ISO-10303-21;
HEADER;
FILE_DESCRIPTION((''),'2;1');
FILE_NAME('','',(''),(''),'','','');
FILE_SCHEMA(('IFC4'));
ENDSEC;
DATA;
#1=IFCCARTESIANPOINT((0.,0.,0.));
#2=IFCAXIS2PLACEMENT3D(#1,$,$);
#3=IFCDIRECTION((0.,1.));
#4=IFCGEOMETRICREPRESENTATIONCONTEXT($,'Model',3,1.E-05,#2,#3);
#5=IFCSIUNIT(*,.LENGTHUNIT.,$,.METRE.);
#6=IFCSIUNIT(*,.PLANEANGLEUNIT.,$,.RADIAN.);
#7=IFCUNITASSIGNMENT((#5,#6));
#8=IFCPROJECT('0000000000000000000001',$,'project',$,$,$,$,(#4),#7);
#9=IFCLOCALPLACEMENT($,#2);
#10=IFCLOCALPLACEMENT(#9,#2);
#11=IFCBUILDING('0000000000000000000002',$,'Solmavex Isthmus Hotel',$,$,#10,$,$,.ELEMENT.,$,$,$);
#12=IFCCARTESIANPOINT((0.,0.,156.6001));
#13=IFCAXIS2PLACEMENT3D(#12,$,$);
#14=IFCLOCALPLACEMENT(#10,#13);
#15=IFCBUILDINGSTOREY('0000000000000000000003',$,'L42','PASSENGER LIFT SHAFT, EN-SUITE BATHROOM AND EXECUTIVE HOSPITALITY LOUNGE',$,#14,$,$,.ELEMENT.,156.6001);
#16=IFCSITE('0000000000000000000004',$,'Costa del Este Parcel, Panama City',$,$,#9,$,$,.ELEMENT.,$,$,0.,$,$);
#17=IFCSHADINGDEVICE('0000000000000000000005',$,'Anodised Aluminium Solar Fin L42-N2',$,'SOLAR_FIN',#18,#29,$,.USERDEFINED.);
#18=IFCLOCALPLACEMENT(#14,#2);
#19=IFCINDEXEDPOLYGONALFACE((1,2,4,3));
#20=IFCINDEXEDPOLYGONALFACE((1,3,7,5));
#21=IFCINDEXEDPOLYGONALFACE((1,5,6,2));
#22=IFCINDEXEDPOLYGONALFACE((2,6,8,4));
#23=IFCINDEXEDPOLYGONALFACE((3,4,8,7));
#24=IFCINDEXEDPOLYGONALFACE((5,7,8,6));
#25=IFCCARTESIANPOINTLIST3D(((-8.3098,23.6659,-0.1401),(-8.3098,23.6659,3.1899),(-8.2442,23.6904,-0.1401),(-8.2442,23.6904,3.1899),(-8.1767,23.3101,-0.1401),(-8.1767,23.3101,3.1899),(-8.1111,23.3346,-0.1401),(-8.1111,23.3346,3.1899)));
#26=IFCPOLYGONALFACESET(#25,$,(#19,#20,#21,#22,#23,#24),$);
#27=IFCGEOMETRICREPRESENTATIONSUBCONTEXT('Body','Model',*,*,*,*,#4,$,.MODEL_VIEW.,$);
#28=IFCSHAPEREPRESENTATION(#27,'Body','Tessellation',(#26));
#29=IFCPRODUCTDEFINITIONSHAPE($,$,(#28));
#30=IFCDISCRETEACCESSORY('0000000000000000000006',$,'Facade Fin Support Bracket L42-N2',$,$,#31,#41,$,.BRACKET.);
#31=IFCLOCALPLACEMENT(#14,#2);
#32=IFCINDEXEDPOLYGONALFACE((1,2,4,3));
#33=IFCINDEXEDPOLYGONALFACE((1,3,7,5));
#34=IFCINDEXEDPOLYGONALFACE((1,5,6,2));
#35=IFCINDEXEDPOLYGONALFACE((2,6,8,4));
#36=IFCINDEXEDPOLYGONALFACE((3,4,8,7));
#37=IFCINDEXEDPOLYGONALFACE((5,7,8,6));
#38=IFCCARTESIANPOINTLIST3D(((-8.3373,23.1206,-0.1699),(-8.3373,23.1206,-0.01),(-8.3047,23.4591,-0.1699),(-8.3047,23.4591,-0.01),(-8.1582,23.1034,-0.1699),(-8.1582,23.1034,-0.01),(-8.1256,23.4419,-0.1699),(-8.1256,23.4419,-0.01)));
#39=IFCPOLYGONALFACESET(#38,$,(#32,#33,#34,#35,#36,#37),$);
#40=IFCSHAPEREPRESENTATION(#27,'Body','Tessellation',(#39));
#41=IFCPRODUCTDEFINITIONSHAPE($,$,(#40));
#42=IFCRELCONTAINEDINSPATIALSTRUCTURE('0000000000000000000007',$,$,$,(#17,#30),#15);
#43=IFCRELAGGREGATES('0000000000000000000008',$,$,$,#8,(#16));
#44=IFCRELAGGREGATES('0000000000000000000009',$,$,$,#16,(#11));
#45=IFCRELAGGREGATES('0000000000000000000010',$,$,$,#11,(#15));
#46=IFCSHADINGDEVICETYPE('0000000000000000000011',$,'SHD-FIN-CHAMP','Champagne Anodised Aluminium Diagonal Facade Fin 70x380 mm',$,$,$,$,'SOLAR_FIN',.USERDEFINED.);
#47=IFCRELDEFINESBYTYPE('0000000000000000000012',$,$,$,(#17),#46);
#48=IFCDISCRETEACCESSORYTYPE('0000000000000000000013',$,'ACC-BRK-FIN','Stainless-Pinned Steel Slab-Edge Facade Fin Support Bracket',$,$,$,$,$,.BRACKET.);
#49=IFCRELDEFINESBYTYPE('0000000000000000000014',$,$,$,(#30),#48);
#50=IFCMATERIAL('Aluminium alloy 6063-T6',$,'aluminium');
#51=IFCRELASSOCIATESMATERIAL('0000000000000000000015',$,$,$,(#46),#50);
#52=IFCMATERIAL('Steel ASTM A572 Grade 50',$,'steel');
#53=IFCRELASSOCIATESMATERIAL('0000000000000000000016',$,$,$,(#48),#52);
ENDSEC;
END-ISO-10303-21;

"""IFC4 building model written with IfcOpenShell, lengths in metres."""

from ifc_helpers import new_model, si_unit, direction, frame, origin, origin_2d, place, context, subcontext, project, spatial, rectangle, extrude, material, type_object, element, save


model = new_model("IFC4")

# Units and contexts
model_context = context("Model", 3, precision=1e-05, world=origin(), true_north=direction((0.0, 1.0)))
body_context = subcontext(model_context, "Body", "Model", "MODEL_VIEW")
ifc_project = project(units=[si_unit("LENGTHUNIT", "METRE"), si_unit("PLANEANGLEUNIT", "RADIAN")], contexts=[model_context])

# Site, building, storey
site_placement = place(None, origin())
site = spatial("IfcSite", under=ifc_project, at=site_placement, Name="Costa del Este Parcel, Panama City", CompositionType="ELEMENT", RefElevation=0.0)
building_placement = place(site_placement, origin())
building = spatial("IfcBuilding", under=site, at=building_placement, Name="Solmavex Isthmus Hotel", CompositionType="ELEMENT")
storey_placement = place(building_placement, frame((0.0, 0.0, 156.6001)))
storey = spatial("IfcBuildingStorey", under=building, at=storey_placement, Name="L42", Description="PASSENGER LIFT SHAFT, EN-SUITE BATHROOM AND EXECUTIVE HOSPITALITY LOUNGE", CompositionType="ELEMENT", Elevation=156.6001)

# Shared definitions
ifc_material_1 = material(Name="Aluminium alloy 6063-T6", Category="aluminium")

# Shading device
shading_device_type = type_object("IfcShadingDeviceType", Name="SHD-FIN-CHAMP", Description="Champagne Anodised Aluminium Diagonal Facade Fin 70x380 mm", ElementType="SOLAR_FIN", PredefinedType="USERDEFINED", material=ifc_material_1)
shading_device_placement = place(storey_placement, frame((-8.2104, 23.5002, -0.1401), z_axis=(0.0, 0.0, 1.0), x_axis=(-0.350207, 0.936672, 0.0)))
element("IfcShadingDevice", 1, at=shading_device_placement, inside=storey, type_object=shading_device_type, Name="Anodised Aluminium Solar Fin L42-N2", ObjectType="SOLAR_FIN", PredefinedType="USERDEFINED", context=body_context, shape_type="SweptSolid", body=[
    extrude(rectangle(XDim=0.3799, YDim=0.0701, at=origin_2d()), origin(), (0.0, 0.0, 1.0), 3.3301),
])

# Discrete accessory
ifc_material_2 = material(Name="Steel ASTM A572 Grade 50", Category="steel")
discrete_accessory_type = type_object("IfcDiscreteAccessoryType", Name="ACC-BRK-FIN", Description="Stainless-Pinned Steel Slab-Edge Facade Fin Support Bracket", PredefinedType="BRACKET", material=ifc_material_2)
discrete_accessory_placement = place(storey_placement, frame((-8.2314, 23.2812, -0.1699), z_axis=(0.0, 0.0, 1.0), x_axis=(0.095846, 0.995396, 0.0)))
element("IfcDiscreteAccessory", 2, at=discrete_accessory_placement, inside=storey, type_object=discrete_accessory_type, Name="Facade Fin Support Bracket L42-N2", PredefinedType="BRACKET", context=body_context, shape_type="SweptSolid", body=[
    extrude(rectangle(XDim=0.3401, YDim=0.1799, at=origin_2d()), origin(), (0.0, 0.0, 1.0), 0.1599),
])

save(model, "model.ifc")
